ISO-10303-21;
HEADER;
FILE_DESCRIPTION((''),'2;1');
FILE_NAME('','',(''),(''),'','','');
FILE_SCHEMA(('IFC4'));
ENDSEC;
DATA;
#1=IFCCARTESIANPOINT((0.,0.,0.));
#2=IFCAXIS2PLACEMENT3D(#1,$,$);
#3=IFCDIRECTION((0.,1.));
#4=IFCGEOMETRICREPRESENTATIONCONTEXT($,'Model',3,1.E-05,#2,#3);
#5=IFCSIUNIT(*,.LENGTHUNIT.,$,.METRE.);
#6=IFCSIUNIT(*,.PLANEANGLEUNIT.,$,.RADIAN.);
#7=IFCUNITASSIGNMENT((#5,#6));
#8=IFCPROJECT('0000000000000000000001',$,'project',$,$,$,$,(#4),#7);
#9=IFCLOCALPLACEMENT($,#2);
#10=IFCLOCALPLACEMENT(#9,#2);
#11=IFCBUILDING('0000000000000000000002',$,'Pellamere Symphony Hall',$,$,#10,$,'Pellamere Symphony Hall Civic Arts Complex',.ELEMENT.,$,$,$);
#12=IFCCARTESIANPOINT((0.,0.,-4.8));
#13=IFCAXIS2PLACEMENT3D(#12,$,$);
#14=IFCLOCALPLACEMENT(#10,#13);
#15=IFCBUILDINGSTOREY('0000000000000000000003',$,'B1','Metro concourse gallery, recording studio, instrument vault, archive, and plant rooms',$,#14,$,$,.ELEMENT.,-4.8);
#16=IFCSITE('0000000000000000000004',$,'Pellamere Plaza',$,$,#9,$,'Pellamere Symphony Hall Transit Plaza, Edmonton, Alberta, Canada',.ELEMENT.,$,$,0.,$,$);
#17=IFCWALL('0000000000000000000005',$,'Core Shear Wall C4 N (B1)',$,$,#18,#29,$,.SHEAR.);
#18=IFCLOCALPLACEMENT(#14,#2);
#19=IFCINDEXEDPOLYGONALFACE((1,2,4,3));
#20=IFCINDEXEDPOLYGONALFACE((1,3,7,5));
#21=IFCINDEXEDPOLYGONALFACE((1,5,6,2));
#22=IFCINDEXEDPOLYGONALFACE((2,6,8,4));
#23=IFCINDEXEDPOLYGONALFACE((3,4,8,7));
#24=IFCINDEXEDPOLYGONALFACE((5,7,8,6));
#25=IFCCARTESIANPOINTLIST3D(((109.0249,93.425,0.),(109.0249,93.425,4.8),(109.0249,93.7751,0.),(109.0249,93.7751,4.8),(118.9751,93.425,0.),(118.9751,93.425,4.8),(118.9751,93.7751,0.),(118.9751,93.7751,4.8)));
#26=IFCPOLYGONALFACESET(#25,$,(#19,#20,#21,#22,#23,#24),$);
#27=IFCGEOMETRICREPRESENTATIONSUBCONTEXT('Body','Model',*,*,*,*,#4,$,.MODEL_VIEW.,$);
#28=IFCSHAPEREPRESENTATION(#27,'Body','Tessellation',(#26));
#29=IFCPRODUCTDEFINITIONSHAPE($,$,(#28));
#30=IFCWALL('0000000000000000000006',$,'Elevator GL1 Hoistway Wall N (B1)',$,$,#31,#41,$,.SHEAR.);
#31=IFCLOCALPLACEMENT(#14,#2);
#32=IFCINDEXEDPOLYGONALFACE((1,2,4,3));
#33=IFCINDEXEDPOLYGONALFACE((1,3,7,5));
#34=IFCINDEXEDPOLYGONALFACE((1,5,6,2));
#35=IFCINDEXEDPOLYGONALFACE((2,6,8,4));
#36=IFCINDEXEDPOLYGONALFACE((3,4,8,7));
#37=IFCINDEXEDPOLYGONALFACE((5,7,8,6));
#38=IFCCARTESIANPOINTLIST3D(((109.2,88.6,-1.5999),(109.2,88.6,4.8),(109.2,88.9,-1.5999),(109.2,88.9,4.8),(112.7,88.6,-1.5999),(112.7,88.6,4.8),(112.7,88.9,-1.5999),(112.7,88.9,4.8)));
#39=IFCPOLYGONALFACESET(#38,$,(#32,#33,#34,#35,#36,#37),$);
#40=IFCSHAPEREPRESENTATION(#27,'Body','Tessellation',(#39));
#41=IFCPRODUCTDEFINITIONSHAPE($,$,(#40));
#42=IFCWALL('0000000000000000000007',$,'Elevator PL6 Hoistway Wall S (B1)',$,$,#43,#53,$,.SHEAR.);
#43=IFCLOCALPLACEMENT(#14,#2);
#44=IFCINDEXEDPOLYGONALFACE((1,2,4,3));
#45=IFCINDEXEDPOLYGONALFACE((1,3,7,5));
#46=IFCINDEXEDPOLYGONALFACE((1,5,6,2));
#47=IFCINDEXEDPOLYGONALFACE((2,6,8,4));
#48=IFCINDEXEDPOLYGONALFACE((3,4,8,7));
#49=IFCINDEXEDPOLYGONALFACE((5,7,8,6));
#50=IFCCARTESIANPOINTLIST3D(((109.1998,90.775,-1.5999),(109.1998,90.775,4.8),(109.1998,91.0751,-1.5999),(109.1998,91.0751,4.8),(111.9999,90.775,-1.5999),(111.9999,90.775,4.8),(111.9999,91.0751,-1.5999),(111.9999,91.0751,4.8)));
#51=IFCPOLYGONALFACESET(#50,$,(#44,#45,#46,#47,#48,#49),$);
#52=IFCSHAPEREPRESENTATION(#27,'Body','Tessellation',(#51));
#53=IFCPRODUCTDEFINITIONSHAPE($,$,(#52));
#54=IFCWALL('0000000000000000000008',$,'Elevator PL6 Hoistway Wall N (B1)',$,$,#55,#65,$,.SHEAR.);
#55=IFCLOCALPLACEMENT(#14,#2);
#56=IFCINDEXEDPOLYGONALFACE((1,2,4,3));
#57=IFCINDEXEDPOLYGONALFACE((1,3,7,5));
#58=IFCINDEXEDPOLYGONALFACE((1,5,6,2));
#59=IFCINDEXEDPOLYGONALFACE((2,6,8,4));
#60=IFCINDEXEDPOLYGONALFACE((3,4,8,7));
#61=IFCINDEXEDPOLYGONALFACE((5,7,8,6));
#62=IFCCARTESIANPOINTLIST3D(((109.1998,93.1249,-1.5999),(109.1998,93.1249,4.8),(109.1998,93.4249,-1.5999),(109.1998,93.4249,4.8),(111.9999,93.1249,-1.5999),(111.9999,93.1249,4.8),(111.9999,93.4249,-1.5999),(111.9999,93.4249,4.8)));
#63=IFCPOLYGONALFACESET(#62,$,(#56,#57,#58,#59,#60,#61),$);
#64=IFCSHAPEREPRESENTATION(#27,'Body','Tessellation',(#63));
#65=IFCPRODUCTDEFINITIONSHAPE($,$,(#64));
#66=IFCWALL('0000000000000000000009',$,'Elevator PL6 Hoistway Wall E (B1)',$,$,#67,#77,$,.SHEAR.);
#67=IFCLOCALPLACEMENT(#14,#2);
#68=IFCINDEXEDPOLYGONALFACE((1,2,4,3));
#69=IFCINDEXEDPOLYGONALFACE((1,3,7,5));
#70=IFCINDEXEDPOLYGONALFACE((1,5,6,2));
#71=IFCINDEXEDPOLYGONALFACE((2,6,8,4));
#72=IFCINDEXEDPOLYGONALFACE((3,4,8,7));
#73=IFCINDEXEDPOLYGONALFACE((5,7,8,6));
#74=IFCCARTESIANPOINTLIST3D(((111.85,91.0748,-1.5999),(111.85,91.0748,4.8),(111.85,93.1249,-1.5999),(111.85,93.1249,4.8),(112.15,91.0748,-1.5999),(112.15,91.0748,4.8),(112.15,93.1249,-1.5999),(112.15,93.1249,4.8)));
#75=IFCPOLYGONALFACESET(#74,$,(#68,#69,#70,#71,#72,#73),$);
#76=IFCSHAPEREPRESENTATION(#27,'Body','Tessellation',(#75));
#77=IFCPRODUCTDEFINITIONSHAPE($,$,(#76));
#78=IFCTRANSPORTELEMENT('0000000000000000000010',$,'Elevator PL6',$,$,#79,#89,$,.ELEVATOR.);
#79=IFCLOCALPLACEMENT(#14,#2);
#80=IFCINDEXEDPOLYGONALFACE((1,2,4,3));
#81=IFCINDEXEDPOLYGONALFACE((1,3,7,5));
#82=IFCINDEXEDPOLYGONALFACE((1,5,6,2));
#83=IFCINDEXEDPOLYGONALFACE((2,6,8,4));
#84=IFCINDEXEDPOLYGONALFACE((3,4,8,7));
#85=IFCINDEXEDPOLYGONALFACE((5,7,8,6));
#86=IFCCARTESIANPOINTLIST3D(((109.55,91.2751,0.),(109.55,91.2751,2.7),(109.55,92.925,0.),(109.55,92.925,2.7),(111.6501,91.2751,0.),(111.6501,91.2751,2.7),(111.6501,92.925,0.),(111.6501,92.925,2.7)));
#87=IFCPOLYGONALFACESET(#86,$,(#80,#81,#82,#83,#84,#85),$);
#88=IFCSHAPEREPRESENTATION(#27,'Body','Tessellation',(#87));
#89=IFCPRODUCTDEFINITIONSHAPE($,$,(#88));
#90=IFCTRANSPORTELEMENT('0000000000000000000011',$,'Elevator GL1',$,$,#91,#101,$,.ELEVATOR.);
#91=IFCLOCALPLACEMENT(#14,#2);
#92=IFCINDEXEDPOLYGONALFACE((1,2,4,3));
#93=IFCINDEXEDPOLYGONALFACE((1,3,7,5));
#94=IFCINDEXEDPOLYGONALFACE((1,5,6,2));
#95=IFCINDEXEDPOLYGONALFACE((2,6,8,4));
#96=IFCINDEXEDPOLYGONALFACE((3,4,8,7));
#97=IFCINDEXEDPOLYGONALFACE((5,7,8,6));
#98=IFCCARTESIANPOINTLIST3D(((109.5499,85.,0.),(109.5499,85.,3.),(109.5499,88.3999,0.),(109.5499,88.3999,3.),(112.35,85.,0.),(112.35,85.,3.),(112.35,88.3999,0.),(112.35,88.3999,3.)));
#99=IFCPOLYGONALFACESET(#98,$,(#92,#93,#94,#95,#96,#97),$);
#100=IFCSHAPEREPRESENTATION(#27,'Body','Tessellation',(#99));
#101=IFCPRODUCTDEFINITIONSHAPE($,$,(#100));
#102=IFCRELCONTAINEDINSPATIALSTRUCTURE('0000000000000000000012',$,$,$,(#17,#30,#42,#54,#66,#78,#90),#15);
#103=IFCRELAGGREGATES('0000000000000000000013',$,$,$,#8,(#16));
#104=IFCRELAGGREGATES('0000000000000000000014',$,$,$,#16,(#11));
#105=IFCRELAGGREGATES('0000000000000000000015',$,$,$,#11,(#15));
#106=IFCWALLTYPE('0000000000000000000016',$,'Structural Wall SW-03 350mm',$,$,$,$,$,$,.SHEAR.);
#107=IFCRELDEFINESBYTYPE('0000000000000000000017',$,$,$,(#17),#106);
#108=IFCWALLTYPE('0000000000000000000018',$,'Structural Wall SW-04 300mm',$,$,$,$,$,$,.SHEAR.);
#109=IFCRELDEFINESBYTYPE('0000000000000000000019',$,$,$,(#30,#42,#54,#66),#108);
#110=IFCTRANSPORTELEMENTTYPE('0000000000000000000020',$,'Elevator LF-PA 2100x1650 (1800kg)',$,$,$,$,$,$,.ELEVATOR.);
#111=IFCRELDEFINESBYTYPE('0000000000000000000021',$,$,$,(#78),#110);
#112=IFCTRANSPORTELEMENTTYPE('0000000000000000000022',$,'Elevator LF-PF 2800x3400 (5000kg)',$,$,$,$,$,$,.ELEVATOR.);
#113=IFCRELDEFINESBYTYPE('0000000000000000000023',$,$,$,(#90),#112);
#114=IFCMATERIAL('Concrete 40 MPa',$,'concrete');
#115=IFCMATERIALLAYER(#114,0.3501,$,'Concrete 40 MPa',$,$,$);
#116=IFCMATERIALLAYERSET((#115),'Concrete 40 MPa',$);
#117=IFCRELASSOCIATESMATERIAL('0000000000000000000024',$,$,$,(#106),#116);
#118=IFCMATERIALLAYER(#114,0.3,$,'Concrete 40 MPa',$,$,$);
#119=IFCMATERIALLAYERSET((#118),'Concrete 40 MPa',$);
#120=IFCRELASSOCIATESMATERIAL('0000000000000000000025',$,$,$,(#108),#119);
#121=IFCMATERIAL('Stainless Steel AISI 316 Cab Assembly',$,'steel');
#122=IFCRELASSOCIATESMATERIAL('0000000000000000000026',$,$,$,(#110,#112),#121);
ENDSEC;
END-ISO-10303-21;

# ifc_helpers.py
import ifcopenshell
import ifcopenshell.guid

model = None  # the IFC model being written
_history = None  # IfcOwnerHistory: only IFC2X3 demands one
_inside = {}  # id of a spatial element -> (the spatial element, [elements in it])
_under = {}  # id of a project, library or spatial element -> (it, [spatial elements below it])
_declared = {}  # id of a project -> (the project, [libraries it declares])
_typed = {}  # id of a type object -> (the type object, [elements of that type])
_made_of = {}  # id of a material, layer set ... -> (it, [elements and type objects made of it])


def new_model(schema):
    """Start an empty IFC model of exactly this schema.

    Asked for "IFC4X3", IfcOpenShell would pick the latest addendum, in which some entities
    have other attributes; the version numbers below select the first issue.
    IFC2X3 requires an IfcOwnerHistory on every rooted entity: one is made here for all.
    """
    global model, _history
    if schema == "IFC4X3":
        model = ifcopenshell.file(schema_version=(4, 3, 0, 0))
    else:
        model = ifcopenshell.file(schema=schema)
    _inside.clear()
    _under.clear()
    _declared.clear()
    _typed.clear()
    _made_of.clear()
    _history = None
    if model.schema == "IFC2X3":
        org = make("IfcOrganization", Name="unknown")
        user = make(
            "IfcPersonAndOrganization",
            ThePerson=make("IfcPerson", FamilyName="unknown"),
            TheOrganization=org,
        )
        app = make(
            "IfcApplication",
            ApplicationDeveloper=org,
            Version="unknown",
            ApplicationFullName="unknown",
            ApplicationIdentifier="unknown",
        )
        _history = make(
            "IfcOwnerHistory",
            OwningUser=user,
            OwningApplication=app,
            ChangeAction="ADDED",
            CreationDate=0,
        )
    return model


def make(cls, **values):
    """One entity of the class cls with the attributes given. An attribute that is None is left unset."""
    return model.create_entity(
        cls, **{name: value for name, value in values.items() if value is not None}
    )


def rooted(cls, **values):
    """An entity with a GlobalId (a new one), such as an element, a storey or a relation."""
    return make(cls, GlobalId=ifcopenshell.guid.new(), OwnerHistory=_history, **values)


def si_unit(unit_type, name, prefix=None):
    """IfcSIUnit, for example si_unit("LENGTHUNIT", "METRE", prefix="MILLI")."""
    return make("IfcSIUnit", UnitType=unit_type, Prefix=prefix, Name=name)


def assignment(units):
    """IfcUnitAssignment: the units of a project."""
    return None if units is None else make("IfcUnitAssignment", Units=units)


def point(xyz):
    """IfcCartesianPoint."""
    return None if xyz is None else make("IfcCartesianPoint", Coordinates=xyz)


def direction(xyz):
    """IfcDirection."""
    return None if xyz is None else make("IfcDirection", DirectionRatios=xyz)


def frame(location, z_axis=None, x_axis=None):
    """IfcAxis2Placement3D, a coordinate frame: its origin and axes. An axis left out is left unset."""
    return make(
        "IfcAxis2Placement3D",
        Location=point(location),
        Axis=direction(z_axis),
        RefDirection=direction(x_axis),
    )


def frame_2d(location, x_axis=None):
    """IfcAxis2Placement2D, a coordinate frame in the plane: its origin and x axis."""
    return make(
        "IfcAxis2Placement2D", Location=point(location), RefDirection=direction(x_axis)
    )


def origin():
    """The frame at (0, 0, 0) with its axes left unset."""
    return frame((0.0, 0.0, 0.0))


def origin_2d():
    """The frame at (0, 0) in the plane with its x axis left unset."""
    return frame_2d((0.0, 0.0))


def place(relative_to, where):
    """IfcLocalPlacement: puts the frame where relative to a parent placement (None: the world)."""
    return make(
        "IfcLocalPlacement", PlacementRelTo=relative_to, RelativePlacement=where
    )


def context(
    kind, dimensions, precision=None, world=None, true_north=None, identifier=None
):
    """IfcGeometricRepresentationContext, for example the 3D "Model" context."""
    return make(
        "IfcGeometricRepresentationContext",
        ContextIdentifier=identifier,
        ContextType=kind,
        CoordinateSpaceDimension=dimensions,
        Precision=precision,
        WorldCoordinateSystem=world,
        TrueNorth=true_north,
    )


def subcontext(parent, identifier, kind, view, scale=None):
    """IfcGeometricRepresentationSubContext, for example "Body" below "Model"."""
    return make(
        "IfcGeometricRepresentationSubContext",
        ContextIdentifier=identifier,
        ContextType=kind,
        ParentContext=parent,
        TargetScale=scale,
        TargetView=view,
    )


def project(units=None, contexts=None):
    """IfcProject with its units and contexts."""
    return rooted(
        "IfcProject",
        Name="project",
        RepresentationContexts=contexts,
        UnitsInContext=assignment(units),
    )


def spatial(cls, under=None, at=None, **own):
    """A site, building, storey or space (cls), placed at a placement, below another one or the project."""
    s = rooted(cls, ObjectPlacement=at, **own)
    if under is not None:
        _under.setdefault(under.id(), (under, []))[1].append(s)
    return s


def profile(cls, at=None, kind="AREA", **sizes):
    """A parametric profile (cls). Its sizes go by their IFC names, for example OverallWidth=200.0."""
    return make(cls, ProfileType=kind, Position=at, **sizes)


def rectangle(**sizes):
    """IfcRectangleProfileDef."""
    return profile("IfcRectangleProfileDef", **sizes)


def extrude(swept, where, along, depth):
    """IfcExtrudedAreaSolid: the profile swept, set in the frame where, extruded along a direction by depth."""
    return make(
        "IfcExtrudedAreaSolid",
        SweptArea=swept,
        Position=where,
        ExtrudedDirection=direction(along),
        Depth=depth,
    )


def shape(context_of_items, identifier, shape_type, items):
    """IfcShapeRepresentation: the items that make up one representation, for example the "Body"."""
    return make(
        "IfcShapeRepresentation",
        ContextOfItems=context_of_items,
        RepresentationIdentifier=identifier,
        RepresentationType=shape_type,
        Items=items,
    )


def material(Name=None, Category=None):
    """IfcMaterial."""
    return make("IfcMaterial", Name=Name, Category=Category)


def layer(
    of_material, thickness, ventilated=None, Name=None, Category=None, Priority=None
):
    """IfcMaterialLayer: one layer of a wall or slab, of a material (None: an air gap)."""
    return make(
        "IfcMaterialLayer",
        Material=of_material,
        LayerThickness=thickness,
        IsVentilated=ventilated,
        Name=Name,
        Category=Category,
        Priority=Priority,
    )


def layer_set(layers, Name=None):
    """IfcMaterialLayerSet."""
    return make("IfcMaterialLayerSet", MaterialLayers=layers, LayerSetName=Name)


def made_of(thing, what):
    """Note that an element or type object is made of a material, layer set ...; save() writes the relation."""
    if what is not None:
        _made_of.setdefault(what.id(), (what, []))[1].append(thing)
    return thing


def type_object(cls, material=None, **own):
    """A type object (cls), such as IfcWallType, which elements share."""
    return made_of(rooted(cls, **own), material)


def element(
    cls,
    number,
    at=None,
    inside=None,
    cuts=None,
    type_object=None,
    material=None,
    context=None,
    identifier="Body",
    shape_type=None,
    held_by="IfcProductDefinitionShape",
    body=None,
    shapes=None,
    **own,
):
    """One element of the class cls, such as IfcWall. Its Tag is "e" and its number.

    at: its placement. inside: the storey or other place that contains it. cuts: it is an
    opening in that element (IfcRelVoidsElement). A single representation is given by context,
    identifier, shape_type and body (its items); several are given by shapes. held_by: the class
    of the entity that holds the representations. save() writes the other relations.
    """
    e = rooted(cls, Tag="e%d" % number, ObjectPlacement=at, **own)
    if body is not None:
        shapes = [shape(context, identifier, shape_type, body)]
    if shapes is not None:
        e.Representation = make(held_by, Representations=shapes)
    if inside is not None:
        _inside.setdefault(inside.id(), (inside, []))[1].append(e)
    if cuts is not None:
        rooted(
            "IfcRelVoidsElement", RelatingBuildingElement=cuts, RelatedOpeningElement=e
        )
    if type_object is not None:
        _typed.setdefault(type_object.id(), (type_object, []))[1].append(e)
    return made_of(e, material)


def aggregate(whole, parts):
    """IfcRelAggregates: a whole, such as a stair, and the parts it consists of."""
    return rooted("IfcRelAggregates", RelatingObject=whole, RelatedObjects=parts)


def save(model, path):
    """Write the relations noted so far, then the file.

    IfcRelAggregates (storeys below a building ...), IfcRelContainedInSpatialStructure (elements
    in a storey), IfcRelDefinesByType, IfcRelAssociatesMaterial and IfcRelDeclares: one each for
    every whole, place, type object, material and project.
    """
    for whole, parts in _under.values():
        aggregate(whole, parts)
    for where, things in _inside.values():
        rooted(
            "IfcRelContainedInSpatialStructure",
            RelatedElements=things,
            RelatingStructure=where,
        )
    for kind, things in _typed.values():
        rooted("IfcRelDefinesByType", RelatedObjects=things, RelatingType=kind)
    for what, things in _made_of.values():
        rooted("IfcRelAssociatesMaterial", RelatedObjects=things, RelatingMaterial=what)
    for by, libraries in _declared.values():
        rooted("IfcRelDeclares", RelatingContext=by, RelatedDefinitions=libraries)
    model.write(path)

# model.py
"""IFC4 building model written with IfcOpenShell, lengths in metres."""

from ifc_helpers import new_model, si_unit, direction, frame, frame_2d, origin, origin_2d, place, context, subcontext, project, spatial, rectangle, extrude, material, layer, layer_set, type_object, element, save


model = new_model("IFC4")

# Units and contexts
model_context = context("Model", 3, precision=1e-05, world=origin(), true_north=direction((0.0, 1.0)))
body_context = subcontext(model_context, "Body", "Model", "MODEL_VIEW")
ifc_project = project(units=[si_unit("LENGTHUNIT", "METRE"), si_unit("PLANEANGLEUNIT", "RADIAN")], contexts=[model_context])

# Site, building, storey
site_placement = place(None, origin())
site = spatial("IfcSite", under=ifc_project, at=site_placement, Name="Pellamere Plaza", LongName="Pellamere Symphony Hall Transit Plaza, Edmonton, Alberta, Canada", CompositionType="ELEMENT", RefElevation=0.0)
building_placement = place(site_placement, origin())
building = spatial("IfcBuilding", under=site, at=building_placement, Name="Pellamere Symphony Hall", LongName="Pellamere Symphony Hall Civic Arts Complex", CompositionType="ELEMENT")
storey_placement = place(building_placement, frame((0.0, 0.0, -4.8)))
storey = spatial("IfcBuildingStorey", under=building, at=storey_placement, Name="B1", Description="Metro concourse gallery, recording studio, instrument vault, archive, and plant rooms", CompositionType="ELEMENT", Elevation=-4.8)

# Shared definitions
ifc_material_1 = material(Name="Concrete 40 MPa", Category="concrete")

# Walls
ifc_layer_1 = layer(ifc_material_1, 0.3501, Name="Concrete 40 MPa")
ifc_layer_set_1 = layer_set([ifc_layer_1], Name="Concrete 40 MPa")
wall_type_1 = type_object("IfcWallType", Name="Structural Wall SW-03 350mm", PredefinedType="SHEAR", material=ifc_layer_set_1)
wall_1_placement = place(storey_placement, frame((109.0249, 93.6001, 0.0), z_axis=(0.0, 0.0, 1.0), x_axis=(1.0, 0.0, 0.0)))
element("IfcWall", 1, at=wall_1_placement, inside=storey, type_object=wall_type_1, Name="Core Shear Wall C4 N (B1)", PredefinedType="SHEAR", context=body_context, shape_type="SweptSolid", body=[
    extrude(rectangle(XDim=9.9502, YDim=0.3501, at=frame_2d((4.9751, 0.0))), origin(), (0.0, 0.0, 1.0), 4.8),
])
ifc_layer_2 = layer(ifc_material_1, 0.3, Name="Concrete 40 MPa")
ifc_layer_set_2 = layer_set([ifc_layer_2], Name="Concrete 40 MPa")
wall_type_2 = type_object("IfcWallType", Name="Structural Wall SW-04 300mm", PredefinedType="SHEAR", material=ifc_layer_set_2)
wall_2_placement = place(storey_placement, frame((109.2, 88.75, -1.5999), z_axis=(0.0, 0.0, 1.0), x_axis=(1.0, 0.0, 0.0)))
element("IfcWall", 2, at=wall_2_placement, inside=storey, type_object=wall_type_2, Name="Elevator GL1 Hoistway Wall N (B1)", PredefinedType="SHEAR", context=body_context, shape_type="SweptSolid", body=[
    extrude(rectangle(XDim=3.5, YDim=0.3, at=frame_2d((1.75, 0.0))), origin(), (0.0, 0.0, 1.0), 6.3999),
])
for number, where, z_axis, x_axis, name in (
    (3, (109.2, 90.925, -1.5999), (0.0, 0.0, 1.0), (1.0, 0.0, 0.0), "Elevator PL6 Hoistway Wall S (B1)"),
    (4, (109.2, 93.2749, -1.5999), (0.0, 0.0, 1.0), (1.0, 0.0, 0.0), "Elevator PL6 Hoistway Wall N (B1)"),
):
    element("IfcWall", number, at=place(storey_placement, frame(where, z_axis=z_axis, x_axis=x_axis)), inside=storey, type_object=wall_type_2, Name=name, PredefinedType="SHEAR", context=body_context, shape_type="SweptSolid", body=[
        extrude(rectangle(XDim=2.8, YDim=0.3, at=frame_2d((1.3999, 0.0))), origin(), (0.0, 0.0, 1.0), 6.3999),
    ])
wall_3_placement = place(storey_placement, frame((112.0, 91.075, -1.5999), z_axis=(0.0, 0.0, 1.0), x_axis=(0.0, 1.0, 0.0)))
element("IfcWall", 5, at=wall_3_placement, inside=storey, type_object=wall_type_2, Name="Elevator PL6 Hoistway Wall E (B1)", PredefinedType="SHEAR", context=body_context, shape_type="SweptSolid", body=[
    extrude(rectangle(XDim=2.05, YDim=0.3, at=frame_2d((1.0249, 0.0))), origin(), (0.0, 0.0, 1.0), 6.3999),
])

# Transport elements
ifc_material_2 = material(Name="Stainless Steel AISI 316 Cab Assembly", Category="steel")
transport_element_type_1 = type_object("IfcTransportElementType", Name="Elevator LF-PA 2100x1650 (1800kg)", PredefinedType="ELEVATOR", material=ifc_material_2)
transport_element_1_placement = place(storey_placement, frame((110.6001, 92.1001, 0.0), z_axis=(0.0, 0.0, 1.0), x_axis=(1.0, 0.0, 0.0)))
element("IfcTransportElement", 6, at=transport_element_1_placement, inside=storey, type_object=transport_element_type_1, Name="Elevator PL6", PredefinedType="ELEVATOR", context=body_context, shape_type="SweptSolid", body=[
    extrude(rectangle(XDim=2.1001, YDim=1.6499, at=origin_2d()), origin(), (0.0, 0.0, 1.0), 2.7),
])
transport_element_type_2 = type_object("IfcTransportElementType", Name="Elevator LF-PF 2800x3400 (5000kg)", PredefinedType="ELEVATOR", material=ifc_material_2)
transport_element_2_placement = place(storey_placement, frame((110.95, 86.7, 0.0), z_axis=(0.0, 0.0, 1.0), x_axis=(1.0, 0.0, 0.0)))
element("IfcTransportElement", 7, at=transport_element_2_placement, inside=storey, type_object=transport_element_type_2, Name="Elevator GL1", PredefinedType="ELEVATOR", context=body_context, shape_type="SweptSolid", body=[
    extrude(rectangle(XDim=2.8, YDim=3.3999, at=origin_2d()), origin(), (0.0, 0.0, 1.0), 3.0),
])

save(model, "model.ifc")
